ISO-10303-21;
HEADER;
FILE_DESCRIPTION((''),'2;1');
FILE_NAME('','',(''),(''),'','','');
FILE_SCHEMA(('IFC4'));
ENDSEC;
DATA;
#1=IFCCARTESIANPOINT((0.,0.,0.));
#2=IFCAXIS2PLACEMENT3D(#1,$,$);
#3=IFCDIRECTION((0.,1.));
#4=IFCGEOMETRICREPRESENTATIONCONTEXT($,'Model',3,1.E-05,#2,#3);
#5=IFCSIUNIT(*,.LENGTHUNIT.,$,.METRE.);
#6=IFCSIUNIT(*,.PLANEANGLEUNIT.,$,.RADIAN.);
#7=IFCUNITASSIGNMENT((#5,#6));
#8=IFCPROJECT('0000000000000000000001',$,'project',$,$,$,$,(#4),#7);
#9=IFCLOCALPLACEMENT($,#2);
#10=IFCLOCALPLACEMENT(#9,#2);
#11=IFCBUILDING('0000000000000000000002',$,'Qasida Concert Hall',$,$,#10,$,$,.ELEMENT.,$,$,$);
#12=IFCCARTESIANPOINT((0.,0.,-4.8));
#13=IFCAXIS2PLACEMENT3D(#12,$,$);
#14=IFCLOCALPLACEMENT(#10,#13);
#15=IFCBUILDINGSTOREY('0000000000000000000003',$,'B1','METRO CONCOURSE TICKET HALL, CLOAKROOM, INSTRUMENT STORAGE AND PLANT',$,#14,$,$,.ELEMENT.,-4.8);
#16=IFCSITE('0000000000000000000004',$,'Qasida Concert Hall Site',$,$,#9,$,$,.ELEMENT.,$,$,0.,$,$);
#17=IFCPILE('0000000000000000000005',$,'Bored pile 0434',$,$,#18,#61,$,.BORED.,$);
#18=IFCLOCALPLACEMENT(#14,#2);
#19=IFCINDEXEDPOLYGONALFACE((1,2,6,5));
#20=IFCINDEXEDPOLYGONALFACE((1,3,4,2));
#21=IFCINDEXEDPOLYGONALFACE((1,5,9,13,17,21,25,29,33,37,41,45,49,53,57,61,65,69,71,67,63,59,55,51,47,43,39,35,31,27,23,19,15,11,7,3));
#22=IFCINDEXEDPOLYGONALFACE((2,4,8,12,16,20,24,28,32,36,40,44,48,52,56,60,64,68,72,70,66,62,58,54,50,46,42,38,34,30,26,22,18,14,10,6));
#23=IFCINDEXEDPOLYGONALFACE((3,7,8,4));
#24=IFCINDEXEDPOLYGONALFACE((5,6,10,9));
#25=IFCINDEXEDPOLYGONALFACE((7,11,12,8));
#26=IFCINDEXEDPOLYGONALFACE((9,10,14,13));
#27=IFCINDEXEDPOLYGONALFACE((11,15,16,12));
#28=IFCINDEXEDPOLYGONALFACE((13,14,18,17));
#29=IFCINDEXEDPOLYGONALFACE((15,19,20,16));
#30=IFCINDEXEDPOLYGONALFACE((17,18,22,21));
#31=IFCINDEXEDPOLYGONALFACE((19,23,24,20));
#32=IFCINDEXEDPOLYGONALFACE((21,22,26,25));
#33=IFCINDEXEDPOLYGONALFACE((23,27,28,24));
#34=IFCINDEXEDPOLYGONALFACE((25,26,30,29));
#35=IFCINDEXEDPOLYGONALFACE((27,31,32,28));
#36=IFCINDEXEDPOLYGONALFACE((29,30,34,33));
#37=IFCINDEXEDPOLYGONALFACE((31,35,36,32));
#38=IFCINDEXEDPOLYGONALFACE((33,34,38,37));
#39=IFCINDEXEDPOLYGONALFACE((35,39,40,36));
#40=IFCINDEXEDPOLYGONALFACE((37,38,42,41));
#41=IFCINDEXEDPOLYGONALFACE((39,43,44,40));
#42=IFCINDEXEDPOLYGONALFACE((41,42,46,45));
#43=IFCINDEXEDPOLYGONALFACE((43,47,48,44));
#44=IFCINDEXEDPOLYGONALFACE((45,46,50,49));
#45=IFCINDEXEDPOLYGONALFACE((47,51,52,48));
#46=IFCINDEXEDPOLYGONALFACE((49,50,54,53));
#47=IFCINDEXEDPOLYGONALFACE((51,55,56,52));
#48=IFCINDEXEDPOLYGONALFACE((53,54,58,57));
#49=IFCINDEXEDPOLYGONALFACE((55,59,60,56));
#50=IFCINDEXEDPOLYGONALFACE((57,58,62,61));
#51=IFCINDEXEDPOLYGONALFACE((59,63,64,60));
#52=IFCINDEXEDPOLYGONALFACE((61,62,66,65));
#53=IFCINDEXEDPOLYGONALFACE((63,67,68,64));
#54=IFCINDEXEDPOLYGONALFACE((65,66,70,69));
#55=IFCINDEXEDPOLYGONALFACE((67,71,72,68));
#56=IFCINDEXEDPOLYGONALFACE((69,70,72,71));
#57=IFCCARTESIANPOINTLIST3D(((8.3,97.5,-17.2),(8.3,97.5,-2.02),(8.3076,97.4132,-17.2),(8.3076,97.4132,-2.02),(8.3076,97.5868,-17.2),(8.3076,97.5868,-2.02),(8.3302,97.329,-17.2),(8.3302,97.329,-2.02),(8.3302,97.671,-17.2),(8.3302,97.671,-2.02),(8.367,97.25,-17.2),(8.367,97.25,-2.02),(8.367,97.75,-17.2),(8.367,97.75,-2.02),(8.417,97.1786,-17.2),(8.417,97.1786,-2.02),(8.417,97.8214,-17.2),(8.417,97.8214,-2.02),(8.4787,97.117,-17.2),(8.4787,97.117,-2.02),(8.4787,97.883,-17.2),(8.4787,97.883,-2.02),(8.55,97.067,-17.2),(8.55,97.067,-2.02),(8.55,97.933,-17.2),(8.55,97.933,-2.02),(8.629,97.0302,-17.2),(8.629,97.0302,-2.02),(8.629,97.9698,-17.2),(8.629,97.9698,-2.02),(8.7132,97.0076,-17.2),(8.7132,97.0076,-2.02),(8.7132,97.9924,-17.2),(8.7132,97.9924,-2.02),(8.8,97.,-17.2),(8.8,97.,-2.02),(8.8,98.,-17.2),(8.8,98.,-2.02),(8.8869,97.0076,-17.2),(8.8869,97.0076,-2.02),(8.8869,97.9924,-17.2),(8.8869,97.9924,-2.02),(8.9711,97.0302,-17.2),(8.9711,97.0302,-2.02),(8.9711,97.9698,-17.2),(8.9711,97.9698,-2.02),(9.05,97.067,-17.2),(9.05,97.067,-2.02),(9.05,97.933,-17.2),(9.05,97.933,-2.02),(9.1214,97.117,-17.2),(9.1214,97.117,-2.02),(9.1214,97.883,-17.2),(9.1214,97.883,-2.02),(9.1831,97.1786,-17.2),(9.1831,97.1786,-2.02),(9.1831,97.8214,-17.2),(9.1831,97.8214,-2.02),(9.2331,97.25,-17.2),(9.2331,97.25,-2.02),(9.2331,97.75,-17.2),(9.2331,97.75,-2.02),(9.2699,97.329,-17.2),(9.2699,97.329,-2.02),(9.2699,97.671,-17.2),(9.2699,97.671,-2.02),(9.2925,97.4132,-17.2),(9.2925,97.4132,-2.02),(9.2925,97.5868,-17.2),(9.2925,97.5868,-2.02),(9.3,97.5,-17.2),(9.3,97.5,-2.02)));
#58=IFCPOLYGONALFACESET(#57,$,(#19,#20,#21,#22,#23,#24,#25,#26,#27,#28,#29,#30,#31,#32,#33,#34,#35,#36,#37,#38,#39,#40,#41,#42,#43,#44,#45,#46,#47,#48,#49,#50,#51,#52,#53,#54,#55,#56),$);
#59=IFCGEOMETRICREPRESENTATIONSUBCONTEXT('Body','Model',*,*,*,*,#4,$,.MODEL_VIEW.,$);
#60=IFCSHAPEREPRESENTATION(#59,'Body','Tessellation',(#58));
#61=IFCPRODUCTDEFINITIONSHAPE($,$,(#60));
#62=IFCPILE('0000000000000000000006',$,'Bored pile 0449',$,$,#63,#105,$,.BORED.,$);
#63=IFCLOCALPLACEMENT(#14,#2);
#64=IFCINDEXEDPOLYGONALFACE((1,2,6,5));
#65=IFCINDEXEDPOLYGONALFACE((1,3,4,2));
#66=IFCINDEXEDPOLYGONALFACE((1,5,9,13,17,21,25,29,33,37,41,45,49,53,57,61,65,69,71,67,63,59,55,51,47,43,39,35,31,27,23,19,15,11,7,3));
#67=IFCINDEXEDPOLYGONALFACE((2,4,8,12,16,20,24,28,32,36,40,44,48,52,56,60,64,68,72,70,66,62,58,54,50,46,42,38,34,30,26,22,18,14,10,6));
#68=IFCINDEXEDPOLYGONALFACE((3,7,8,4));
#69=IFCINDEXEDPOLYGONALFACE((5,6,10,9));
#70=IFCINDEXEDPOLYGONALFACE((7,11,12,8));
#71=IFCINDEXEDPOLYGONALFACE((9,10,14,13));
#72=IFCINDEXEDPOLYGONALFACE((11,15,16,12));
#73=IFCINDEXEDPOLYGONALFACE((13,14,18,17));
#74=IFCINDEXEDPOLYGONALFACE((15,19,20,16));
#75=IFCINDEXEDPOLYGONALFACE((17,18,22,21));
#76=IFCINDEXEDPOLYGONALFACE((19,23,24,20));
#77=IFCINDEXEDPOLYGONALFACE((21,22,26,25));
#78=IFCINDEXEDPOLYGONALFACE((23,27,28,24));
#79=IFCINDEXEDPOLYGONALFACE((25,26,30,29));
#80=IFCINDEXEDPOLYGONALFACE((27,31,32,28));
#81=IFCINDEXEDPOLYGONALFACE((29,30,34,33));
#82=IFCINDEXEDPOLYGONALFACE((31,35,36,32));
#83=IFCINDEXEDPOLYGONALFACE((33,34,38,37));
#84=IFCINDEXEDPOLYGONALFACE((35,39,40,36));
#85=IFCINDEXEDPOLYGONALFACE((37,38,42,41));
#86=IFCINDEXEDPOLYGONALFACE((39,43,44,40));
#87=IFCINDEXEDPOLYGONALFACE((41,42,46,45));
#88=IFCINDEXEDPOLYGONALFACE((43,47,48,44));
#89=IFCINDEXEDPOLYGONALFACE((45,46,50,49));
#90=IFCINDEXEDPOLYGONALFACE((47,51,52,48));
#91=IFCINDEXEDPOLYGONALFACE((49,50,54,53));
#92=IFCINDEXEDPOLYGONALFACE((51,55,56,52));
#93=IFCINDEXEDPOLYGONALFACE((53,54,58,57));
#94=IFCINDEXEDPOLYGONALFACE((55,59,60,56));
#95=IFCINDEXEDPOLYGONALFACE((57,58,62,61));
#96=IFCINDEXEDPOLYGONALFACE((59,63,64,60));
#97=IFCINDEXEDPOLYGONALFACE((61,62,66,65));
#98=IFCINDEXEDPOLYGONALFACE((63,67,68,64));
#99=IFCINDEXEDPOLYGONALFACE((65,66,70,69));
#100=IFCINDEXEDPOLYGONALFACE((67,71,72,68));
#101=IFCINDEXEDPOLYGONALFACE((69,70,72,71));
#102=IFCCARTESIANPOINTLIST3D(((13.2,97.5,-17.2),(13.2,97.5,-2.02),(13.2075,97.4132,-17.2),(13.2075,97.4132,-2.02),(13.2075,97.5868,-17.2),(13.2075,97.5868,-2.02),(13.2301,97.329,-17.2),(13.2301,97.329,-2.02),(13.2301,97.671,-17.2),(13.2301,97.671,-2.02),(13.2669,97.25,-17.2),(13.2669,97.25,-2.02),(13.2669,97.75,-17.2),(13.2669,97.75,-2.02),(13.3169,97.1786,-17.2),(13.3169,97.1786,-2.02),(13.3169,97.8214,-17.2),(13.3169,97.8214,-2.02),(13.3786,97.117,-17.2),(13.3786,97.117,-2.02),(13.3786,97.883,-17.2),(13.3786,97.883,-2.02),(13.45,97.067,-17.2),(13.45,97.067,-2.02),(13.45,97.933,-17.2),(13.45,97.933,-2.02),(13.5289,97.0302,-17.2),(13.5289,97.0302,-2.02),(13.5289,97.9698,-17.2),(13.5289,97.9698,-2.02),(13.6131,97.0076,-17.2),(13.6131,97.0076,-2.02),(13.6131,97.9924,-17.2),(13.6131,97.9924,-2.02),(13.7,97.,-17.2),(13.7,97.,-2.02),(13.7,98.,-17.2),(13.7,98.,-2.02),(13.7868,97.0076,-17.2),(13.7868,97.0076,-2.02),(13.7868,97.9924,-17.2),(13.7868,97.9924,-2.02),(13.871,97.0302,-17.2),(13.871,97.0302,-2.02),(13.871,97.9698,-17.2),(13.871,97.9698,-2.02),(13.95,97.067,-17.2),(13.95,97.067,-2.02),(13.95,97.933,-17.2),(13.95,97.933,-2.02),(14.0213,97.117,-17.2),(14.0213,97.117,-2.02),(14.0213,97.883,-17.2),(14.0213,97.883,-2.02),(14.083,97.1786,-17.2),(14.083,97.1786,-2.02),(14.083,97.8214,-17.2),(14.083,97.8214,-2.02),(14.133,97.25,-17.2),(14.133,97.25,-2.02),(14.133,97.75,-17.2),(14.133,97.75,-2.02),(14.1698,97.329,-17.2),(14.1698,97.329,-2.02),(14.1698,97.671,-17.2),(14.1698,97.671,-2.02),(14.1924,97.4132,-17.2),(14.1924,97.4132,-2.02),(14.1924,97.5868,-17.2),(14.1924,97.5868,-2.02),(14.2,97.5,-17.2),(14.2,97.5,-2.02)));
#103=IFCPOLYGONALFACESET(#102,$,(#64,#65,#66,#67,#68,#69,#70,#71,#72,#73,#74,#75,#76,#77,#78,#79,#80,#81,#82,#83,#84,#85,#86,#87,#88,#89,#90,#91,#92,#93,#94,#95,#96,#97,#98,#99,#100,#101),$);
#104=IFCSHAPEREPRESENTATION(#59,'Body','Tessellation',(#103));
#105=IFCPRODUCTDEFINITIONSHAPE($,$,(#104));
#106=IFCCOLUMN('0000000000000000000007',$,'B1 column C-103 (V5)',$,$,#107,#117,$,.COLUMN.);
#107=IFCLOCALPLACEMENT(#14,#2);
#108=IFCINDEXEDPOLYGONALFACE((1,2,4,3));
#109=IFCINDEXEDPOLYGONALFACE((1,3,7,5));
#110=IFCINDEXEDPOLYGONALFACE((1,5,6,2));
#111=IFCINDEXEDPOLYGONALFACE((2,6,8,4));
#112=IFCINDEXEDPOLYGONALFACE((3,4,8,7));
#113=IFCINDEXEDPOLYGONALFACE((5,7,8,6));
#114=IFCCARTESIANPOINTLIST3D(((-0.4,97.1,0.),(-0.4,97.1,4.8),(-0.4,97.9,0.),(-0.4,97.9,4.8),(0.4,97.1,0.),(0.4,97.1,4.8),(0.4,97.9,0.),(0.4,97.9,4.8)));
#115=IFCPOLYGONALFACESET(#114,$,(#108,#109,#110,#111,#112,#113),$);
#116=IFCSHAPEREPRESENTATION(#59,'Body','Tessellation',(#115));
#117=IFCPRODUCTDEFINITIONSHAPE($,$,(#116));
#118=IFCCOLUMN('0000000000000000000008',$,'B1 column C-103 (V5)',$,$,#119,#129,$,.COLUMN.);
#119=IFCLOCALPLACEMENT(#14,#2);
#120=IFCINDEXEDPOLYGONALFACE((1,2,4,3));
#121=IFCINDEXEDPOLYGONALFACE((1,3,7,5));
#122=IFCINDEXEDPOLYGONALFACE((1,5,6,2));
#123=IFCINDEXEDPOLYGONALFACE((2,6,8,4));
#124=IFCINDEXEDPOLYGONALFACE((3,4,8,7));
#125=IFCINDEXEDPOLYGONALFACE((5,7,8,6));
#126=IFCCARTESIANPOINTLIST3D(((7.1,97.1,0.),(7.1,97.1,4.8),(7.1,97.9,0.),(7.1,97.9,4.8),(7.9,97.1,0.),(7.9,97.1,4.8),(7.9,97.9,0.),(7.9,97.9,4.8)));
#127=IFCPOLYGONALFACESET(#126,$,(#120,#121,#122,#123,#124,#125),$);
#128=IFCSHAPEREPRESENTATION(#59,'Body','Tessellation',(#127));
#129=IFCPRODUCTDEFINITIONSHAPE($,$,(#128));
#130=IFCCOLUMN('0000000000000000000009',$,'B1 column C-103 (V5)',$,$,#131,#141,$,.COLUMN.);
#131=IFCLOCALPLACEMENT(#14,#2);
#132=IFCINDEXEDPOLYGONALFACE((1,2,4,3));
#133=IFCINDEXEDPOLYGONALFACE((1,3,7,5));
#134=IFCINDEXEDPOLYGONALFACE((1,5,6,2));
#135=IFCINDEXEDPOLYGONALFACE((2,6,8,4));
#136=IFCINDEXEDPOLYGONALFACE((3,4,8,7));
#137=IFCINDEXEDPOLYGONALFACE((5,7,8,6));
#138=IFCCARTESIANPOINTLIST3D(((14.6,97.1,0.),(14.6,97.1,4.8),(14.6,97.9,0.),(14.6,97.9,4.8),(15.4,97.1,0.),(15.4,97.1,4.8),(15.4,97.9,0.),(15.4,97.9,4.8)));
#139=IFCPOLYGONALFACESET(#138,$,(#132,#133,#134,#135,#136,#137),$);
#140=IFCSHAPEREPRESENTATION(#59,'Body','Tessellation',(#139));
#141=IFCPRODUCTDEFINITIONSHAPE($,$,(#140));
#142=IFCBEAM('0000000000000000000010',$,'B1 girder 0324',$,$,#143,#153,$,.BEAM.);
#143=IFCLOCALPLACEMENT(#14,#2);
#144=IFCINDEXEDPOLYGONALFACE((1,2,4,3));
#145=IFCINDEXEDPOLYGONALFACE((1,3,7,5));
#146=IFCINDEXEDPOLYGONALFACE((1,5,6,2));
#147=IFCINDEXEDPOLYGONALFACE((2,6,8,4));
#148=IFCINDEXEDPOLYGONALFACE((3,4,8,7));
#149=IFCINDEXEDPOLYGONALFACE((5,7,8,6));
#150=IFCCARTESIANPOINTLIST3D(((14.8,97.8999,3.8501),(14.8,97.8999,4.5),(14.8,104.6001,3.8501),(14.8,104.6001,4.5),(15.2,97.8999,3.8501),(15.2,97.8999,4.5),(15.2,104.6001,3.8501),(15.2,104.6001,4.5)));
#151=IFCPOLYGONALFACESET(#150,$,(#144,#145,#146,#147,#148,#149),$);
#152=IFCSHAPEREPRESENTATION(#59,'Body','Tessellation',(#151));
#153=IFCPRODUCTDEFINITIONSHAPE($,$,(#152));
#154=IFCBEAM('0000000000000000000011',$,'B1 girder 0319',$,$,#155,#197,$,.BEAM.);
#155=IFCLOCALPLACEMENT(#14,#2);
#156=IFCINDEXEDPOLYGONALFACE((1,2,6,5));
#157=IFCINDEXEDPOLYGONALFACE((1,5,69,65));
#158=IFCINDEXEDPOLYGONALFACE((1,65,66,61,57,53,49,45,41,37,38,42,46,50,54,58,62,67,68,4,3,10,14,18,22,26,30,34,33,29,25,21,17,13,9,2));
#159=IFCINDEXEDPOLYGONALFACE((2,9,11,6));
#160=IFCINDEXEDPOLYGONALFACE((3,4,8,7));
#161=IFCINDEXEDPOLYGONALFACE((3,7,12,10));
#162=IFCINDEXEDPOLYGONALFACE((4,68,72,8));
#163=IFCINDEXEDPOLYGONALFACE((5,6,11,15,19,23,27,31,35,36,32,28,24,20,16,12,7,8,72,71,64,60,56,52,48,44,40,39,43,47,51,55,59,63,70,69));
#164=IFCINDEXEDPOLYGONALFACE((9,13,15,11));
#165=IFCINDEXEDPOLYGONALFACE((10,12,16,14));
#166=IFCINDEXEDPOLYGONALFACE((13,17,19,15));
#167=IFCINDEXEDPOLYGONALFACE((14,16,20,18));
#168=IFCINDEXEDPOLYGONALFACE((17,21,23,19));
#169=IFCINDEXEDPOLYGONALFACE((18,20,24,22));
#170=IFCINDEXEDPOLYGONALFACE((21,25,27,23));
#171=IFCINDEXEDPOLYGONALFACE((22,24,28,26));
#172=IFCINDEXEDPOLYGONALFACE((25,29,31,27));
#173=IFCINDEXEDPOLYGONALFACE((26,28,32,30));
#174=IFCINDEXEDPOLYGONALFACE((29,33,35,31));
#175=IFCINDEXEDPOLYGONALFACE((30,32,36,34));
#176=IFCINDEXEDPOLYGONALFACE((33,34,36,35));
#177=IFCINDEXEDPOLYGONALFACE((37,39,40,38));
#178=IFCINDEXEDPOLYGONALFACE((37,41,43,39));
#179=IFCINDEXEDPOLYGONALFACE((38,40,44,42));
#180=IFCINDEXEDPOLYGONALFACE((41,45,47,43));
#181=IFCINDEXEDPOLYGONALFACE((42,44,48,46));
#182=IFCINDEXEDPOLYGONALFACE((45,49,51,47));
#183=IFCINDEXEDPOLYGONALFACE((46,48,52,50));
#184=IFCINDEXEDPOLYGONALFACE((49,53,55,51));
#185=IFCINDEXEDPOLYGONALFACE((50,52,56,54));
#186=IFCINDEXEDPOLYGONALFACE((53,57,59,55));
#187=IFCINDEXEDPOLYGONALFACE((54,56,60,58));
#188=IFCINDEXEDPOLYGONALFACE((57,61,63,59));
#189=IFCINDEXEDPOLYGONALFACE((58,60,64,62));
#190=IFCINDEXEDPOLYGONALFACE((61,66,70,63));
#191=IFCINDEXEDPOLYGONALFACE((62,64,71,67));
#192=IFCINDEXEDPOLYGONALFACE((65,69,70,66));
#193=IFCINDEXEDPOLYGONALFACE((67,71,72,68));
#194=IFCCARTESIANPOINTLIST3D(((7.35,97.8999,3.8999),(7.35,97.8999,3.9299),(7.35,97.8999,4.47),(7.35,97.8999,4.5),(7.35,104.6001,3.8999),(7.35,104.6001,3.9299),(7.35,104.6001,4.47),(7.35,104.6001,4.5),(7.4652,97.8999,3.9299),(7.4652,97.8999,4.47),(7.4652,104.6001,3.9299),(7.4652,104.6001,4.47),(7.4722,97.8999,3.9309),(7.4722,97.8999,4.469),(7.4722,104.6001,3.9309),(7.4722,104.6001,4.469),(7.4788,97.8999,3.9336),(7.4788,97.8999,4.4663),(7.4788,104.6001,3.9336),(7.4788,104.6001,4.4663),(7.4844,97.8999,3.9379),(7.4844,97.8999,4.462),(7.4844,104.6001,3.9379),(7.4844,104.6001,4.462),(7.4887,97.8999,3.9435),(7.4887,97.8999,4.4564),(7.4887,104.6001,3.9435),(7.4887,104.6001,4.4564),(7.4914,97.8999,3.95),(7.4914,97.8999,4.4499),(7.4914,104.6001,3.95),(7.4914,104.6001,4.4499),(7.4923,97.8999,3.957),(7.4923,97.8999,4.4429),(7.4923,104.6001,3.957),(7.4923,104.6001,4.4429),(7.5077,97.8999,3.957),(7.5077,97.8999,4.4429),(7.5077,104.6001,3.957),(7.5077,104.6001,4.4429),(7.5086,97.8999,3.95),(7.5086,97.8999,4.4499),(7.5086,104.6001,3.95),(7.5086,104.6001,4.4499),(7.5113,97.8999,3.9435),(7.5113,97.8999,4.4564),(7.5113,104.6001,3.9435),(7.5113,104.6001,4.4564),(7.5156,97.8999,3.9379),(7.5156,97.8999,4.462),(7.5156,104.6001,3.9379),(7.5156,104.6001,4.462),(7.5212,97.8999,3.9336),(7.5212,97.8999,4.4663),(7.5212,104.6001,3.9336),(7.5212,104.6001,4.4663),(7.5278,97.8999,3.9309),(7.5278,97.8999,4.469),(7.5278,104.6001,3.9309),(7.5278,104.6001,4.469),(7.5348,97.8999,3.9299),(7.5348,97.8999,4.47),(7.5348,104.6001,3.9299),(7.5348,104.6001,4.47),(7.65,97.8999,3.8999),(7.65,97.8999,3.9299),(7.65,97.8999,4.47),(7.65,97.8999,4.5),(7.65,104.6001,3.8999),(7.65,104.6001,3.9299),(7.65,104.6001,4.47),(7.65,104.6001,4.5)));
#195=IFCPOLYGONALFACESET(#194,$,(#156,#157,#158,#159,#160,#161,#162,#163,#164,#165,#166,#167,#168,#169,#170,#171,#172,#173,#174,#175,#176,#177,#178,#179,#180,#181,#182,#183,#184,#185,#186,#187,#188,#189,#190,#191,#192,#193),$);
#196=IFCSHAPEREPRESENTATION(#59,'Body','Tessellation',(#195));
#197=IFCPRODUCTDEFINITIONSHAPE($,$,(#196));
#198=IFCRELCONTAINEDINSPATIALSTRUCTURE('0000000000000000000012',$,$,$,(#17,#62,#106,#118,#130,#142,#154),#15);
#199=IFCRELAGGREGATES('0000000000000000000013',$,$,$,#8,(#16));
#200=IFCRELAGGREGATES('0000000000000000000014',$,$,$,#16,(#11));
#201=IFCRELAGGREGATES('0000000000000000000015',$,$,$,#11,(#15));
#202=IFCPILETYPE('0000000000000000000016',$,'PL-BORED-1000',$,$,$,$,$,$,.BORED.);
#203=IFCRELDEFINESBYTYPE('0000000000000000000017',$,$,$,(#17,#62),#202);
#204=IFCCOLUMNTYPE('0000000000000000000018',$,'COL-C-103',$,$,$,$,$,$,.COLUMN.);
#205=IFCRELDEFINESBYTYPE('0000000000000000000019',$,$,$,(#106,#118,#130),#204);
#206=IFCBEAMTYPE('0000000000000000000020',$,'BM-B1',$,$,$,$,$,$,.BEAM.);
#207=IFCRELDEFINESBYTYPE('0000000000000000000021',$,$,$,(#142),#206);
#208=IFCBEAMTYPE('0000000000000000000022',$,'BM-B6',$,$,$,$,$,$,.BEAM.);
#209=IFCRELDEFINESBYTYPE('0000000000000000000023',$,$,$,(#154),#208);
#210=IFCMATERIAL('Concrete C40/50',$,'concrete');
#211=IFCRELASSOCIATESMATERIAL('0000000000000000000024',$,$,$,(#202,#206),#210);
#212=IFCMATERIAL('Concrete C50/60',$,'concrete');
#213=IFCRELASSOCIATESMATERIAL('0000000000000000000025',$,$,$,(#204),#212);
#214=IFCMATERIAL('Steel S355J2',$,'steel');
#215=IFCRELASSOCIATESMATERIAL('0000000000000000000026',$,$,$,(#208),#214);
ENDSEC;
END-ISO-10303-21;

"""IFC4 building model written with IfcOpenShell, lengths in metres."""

from ifc_helpers import new_model, si_unit, direction, frame, origin, origin_2d, place, context, subcontext, project, spatial, rectangle, circle, i_section, extrude, material, material_profile, profile_set, type_object, element, save


model = new_model("IFC4")

# Units and contexts
model_context = context("Model", 3, precision=1e-05, world=origin(), true_north=direction((0.0, 1.0)))
body_context = subcontext(model_context, "Body", "Model", "MODEL_VIEW")
ifc_project = project(units=[si_unit("LENGTHUNIT", "METRE"), si_unit("PLANEANGLEUNIT", "RADIAN")], contexts=[model_context])

# Site, building, storey
site_placement = place(None, origin())
site = spatial("IfcSite", under=ifc_project, at=site_placement, Name="Qasida Concert Hall Site", CompositionType="ELEMENT", RefElevation=0.0)
building_placement = place(site_placement, origin())
building = spatial("IfcBuilding", under=site, at=building_placement, Name="Qasida Concert Hall", CompositionType="ELEMENT")
storey_placement = place(building_placement, frame((0.0, 0.0, -4.8)))
storey = spatial("IfcBuildingStorey", under=building, at=storey_placement, Name="B1", Description="METRO CONCOURSE TICKET HALL, CLOAKROOM, INSTRUMENT STORAGE AND PLANT", CompositionType="ELEMENT", Elevation=-4.8)

# Shared definitions
ifc_material_1 = material(Name="Concrete C40/50", Category="concrete")

# Piles
ifc_material_profile_1 = material_profile(ifc_material_1, circle(Radius=0.5, at=origin_2d()), Name="BORED PILE D1000")
ifc_profile_set_1 = profile_set([ifc_material_profile_1], Name="Concrete C40/50")
pile_type = type_object("IfcPileType", Name="PL-BORED-1000", PredefinedType="BORED", material=ifc_profile_set_1)
for number, where, z_axis, x_axis, name in (
    (1, (8.8, 97.5, -2.02), (0.0, 0.0, -1.0), (1.0, 0.0, 0.0), "Bored pile 0434"),
    (2, (13.7, 97.5, -2.02), (0.0, 0.0, -1.0), (1.0, 0.0, 0.0), "Bored pile 0449"),
):
    element("IfcPile", number, at=place(storey_placement, frame(where, z_axis=z_axis, x_axis=x_axis)), inside=storey, type_object=pile_type, Name=name, PredefinedType="BORED", context=body_context, shape_type="SweptSolid", body=[
        extrude(circle(Radius=0.5, at=origin_2d()), origin(), (0.0, 0.0, 1.0), 15.1799),
    ])

# Columns
ifc_material_2 = material(Name="Concrete C50/60", Category="concrete")
ifc_material_profile_2 = material_profile(ifc_material_2, rectangle(XDim=0.8, YDim=0.8, at=origin_2d()), Name="RC 800x800")
ifc_profile_set_2 = profile_set([ifc_material_profile_2], Name="Concrete C50/60")
column_type = type_object("IfcColumnType", Name="COL-C-103", PredefinedType="COLUMN", material=ifc_profile_set_2)
for number, where, z_axis, x_axis, name in (
    (3, (0.0, 97.5, 0.0), (0.0, 0.0, 1.0), (1.0, 0.0, 0.0), "B1 column C-103 (V5)"),
    (4, (7.5, 97.5, 0.0), (0.0, 0.0, 1.0), (1.0, 0.0, 0.0), "B1 column C-103 (V5)"),
    (5, (15.0, 97.5, 0.0), (0.0, 0.0, 1.0), (1.0, 0.0, 0.0), "B1 column C-103 (V5)"),
):
    element("IfcColumn", number, at=place(storey_placement, frame(where, z_axis=z_axis, x_axis=x_axis)), inside=storey, type_object=column_type, Name=name, PredefinedType="COLUMN", context=body_context, shape_type="SweptSolid", body=[
        extrude(rectangle(XDim=0.8, YDim=0.8, at=origin_2d()), origin(), (0.0, 0.0, 1.0), 4.8),
    ])

# Beams
ifc_material_profile_3 = material_profile(ifc_material_1, rectangle(XDim=0.3999, YDim=0.6499, at=origin_2d()), Name="RC 400x650")
ifc_profile_set_3 = profile_set([ifc_material_profile_3], Name="Concrete C40/50")
beam_type_1 = type_object("IfcBeamType", Name="BM-B1", PredefinedType="BEAM", material=ifc_profile_set_3)
beam_1_placement = place(storey_placement, frame((15.0, 97.8999, 4.175), z_axis=(0.0, 1.0, 0.0), x_axis=(-1.0, 0.0, 0.0)))
element("IfcBeam", 6, at=beam_1_placement, inside=storey, type_object=beam_type_1, Name="B1 girder 0324", PredefinedType="BEAM", context=body_context, shape_type="SweptSolid", body=[
    extrude(rectangle(XDim=0.3999, YDim=0.6499, at=origin_2d()), origin(), (0.0, 0.0, 1.0), 6.7002),
])
ifc_material_3 = material(Name="Steel S355J2", Category="steel")
ifc_material_profile_4 = material_profile(ifc_material_3, i_section(OverallWidth=0.3, OverallDepth=0.6001, WebThickness=0.0154, FlangeThickness=0.03, FilletRadius=0.0271, at=origin_2d()), Name="HEB 600")
ifc_profile_set_4 = profile_set([ifc_material_profile_4], Name="Steel S355J2")
beam_type_2 = type_object("IfcBeamType", Name="BM-B6", PredefinedType="BEAM", material=ifc_profile_set_4)
beam_2_placement = place(storey_placement, frame((7.5, 97.8999, 4.2), z_axis=(0.0, 1.0, 0.0), x_axis=(-1.0, 0.0, 0.0)))
element("IfcBeam", 7, at=beam_2_placement, inside=storey, type_object=beam_type_2, Name="B1 girder 0319", PredefinedType="BEAM", context=body_context, shape_type="SweptSolid", body=[
    extrude(i_section(OverallWidth=0.3, OverallDepth=0.6001, WebThickness=0.0154, FlangeThickness=0.03, FilletRadius=0.0271, at=origin_2d()), origin(), (0.0, 0.0, 1.0), 6.7002),
])

save(model, "model.ifc")
